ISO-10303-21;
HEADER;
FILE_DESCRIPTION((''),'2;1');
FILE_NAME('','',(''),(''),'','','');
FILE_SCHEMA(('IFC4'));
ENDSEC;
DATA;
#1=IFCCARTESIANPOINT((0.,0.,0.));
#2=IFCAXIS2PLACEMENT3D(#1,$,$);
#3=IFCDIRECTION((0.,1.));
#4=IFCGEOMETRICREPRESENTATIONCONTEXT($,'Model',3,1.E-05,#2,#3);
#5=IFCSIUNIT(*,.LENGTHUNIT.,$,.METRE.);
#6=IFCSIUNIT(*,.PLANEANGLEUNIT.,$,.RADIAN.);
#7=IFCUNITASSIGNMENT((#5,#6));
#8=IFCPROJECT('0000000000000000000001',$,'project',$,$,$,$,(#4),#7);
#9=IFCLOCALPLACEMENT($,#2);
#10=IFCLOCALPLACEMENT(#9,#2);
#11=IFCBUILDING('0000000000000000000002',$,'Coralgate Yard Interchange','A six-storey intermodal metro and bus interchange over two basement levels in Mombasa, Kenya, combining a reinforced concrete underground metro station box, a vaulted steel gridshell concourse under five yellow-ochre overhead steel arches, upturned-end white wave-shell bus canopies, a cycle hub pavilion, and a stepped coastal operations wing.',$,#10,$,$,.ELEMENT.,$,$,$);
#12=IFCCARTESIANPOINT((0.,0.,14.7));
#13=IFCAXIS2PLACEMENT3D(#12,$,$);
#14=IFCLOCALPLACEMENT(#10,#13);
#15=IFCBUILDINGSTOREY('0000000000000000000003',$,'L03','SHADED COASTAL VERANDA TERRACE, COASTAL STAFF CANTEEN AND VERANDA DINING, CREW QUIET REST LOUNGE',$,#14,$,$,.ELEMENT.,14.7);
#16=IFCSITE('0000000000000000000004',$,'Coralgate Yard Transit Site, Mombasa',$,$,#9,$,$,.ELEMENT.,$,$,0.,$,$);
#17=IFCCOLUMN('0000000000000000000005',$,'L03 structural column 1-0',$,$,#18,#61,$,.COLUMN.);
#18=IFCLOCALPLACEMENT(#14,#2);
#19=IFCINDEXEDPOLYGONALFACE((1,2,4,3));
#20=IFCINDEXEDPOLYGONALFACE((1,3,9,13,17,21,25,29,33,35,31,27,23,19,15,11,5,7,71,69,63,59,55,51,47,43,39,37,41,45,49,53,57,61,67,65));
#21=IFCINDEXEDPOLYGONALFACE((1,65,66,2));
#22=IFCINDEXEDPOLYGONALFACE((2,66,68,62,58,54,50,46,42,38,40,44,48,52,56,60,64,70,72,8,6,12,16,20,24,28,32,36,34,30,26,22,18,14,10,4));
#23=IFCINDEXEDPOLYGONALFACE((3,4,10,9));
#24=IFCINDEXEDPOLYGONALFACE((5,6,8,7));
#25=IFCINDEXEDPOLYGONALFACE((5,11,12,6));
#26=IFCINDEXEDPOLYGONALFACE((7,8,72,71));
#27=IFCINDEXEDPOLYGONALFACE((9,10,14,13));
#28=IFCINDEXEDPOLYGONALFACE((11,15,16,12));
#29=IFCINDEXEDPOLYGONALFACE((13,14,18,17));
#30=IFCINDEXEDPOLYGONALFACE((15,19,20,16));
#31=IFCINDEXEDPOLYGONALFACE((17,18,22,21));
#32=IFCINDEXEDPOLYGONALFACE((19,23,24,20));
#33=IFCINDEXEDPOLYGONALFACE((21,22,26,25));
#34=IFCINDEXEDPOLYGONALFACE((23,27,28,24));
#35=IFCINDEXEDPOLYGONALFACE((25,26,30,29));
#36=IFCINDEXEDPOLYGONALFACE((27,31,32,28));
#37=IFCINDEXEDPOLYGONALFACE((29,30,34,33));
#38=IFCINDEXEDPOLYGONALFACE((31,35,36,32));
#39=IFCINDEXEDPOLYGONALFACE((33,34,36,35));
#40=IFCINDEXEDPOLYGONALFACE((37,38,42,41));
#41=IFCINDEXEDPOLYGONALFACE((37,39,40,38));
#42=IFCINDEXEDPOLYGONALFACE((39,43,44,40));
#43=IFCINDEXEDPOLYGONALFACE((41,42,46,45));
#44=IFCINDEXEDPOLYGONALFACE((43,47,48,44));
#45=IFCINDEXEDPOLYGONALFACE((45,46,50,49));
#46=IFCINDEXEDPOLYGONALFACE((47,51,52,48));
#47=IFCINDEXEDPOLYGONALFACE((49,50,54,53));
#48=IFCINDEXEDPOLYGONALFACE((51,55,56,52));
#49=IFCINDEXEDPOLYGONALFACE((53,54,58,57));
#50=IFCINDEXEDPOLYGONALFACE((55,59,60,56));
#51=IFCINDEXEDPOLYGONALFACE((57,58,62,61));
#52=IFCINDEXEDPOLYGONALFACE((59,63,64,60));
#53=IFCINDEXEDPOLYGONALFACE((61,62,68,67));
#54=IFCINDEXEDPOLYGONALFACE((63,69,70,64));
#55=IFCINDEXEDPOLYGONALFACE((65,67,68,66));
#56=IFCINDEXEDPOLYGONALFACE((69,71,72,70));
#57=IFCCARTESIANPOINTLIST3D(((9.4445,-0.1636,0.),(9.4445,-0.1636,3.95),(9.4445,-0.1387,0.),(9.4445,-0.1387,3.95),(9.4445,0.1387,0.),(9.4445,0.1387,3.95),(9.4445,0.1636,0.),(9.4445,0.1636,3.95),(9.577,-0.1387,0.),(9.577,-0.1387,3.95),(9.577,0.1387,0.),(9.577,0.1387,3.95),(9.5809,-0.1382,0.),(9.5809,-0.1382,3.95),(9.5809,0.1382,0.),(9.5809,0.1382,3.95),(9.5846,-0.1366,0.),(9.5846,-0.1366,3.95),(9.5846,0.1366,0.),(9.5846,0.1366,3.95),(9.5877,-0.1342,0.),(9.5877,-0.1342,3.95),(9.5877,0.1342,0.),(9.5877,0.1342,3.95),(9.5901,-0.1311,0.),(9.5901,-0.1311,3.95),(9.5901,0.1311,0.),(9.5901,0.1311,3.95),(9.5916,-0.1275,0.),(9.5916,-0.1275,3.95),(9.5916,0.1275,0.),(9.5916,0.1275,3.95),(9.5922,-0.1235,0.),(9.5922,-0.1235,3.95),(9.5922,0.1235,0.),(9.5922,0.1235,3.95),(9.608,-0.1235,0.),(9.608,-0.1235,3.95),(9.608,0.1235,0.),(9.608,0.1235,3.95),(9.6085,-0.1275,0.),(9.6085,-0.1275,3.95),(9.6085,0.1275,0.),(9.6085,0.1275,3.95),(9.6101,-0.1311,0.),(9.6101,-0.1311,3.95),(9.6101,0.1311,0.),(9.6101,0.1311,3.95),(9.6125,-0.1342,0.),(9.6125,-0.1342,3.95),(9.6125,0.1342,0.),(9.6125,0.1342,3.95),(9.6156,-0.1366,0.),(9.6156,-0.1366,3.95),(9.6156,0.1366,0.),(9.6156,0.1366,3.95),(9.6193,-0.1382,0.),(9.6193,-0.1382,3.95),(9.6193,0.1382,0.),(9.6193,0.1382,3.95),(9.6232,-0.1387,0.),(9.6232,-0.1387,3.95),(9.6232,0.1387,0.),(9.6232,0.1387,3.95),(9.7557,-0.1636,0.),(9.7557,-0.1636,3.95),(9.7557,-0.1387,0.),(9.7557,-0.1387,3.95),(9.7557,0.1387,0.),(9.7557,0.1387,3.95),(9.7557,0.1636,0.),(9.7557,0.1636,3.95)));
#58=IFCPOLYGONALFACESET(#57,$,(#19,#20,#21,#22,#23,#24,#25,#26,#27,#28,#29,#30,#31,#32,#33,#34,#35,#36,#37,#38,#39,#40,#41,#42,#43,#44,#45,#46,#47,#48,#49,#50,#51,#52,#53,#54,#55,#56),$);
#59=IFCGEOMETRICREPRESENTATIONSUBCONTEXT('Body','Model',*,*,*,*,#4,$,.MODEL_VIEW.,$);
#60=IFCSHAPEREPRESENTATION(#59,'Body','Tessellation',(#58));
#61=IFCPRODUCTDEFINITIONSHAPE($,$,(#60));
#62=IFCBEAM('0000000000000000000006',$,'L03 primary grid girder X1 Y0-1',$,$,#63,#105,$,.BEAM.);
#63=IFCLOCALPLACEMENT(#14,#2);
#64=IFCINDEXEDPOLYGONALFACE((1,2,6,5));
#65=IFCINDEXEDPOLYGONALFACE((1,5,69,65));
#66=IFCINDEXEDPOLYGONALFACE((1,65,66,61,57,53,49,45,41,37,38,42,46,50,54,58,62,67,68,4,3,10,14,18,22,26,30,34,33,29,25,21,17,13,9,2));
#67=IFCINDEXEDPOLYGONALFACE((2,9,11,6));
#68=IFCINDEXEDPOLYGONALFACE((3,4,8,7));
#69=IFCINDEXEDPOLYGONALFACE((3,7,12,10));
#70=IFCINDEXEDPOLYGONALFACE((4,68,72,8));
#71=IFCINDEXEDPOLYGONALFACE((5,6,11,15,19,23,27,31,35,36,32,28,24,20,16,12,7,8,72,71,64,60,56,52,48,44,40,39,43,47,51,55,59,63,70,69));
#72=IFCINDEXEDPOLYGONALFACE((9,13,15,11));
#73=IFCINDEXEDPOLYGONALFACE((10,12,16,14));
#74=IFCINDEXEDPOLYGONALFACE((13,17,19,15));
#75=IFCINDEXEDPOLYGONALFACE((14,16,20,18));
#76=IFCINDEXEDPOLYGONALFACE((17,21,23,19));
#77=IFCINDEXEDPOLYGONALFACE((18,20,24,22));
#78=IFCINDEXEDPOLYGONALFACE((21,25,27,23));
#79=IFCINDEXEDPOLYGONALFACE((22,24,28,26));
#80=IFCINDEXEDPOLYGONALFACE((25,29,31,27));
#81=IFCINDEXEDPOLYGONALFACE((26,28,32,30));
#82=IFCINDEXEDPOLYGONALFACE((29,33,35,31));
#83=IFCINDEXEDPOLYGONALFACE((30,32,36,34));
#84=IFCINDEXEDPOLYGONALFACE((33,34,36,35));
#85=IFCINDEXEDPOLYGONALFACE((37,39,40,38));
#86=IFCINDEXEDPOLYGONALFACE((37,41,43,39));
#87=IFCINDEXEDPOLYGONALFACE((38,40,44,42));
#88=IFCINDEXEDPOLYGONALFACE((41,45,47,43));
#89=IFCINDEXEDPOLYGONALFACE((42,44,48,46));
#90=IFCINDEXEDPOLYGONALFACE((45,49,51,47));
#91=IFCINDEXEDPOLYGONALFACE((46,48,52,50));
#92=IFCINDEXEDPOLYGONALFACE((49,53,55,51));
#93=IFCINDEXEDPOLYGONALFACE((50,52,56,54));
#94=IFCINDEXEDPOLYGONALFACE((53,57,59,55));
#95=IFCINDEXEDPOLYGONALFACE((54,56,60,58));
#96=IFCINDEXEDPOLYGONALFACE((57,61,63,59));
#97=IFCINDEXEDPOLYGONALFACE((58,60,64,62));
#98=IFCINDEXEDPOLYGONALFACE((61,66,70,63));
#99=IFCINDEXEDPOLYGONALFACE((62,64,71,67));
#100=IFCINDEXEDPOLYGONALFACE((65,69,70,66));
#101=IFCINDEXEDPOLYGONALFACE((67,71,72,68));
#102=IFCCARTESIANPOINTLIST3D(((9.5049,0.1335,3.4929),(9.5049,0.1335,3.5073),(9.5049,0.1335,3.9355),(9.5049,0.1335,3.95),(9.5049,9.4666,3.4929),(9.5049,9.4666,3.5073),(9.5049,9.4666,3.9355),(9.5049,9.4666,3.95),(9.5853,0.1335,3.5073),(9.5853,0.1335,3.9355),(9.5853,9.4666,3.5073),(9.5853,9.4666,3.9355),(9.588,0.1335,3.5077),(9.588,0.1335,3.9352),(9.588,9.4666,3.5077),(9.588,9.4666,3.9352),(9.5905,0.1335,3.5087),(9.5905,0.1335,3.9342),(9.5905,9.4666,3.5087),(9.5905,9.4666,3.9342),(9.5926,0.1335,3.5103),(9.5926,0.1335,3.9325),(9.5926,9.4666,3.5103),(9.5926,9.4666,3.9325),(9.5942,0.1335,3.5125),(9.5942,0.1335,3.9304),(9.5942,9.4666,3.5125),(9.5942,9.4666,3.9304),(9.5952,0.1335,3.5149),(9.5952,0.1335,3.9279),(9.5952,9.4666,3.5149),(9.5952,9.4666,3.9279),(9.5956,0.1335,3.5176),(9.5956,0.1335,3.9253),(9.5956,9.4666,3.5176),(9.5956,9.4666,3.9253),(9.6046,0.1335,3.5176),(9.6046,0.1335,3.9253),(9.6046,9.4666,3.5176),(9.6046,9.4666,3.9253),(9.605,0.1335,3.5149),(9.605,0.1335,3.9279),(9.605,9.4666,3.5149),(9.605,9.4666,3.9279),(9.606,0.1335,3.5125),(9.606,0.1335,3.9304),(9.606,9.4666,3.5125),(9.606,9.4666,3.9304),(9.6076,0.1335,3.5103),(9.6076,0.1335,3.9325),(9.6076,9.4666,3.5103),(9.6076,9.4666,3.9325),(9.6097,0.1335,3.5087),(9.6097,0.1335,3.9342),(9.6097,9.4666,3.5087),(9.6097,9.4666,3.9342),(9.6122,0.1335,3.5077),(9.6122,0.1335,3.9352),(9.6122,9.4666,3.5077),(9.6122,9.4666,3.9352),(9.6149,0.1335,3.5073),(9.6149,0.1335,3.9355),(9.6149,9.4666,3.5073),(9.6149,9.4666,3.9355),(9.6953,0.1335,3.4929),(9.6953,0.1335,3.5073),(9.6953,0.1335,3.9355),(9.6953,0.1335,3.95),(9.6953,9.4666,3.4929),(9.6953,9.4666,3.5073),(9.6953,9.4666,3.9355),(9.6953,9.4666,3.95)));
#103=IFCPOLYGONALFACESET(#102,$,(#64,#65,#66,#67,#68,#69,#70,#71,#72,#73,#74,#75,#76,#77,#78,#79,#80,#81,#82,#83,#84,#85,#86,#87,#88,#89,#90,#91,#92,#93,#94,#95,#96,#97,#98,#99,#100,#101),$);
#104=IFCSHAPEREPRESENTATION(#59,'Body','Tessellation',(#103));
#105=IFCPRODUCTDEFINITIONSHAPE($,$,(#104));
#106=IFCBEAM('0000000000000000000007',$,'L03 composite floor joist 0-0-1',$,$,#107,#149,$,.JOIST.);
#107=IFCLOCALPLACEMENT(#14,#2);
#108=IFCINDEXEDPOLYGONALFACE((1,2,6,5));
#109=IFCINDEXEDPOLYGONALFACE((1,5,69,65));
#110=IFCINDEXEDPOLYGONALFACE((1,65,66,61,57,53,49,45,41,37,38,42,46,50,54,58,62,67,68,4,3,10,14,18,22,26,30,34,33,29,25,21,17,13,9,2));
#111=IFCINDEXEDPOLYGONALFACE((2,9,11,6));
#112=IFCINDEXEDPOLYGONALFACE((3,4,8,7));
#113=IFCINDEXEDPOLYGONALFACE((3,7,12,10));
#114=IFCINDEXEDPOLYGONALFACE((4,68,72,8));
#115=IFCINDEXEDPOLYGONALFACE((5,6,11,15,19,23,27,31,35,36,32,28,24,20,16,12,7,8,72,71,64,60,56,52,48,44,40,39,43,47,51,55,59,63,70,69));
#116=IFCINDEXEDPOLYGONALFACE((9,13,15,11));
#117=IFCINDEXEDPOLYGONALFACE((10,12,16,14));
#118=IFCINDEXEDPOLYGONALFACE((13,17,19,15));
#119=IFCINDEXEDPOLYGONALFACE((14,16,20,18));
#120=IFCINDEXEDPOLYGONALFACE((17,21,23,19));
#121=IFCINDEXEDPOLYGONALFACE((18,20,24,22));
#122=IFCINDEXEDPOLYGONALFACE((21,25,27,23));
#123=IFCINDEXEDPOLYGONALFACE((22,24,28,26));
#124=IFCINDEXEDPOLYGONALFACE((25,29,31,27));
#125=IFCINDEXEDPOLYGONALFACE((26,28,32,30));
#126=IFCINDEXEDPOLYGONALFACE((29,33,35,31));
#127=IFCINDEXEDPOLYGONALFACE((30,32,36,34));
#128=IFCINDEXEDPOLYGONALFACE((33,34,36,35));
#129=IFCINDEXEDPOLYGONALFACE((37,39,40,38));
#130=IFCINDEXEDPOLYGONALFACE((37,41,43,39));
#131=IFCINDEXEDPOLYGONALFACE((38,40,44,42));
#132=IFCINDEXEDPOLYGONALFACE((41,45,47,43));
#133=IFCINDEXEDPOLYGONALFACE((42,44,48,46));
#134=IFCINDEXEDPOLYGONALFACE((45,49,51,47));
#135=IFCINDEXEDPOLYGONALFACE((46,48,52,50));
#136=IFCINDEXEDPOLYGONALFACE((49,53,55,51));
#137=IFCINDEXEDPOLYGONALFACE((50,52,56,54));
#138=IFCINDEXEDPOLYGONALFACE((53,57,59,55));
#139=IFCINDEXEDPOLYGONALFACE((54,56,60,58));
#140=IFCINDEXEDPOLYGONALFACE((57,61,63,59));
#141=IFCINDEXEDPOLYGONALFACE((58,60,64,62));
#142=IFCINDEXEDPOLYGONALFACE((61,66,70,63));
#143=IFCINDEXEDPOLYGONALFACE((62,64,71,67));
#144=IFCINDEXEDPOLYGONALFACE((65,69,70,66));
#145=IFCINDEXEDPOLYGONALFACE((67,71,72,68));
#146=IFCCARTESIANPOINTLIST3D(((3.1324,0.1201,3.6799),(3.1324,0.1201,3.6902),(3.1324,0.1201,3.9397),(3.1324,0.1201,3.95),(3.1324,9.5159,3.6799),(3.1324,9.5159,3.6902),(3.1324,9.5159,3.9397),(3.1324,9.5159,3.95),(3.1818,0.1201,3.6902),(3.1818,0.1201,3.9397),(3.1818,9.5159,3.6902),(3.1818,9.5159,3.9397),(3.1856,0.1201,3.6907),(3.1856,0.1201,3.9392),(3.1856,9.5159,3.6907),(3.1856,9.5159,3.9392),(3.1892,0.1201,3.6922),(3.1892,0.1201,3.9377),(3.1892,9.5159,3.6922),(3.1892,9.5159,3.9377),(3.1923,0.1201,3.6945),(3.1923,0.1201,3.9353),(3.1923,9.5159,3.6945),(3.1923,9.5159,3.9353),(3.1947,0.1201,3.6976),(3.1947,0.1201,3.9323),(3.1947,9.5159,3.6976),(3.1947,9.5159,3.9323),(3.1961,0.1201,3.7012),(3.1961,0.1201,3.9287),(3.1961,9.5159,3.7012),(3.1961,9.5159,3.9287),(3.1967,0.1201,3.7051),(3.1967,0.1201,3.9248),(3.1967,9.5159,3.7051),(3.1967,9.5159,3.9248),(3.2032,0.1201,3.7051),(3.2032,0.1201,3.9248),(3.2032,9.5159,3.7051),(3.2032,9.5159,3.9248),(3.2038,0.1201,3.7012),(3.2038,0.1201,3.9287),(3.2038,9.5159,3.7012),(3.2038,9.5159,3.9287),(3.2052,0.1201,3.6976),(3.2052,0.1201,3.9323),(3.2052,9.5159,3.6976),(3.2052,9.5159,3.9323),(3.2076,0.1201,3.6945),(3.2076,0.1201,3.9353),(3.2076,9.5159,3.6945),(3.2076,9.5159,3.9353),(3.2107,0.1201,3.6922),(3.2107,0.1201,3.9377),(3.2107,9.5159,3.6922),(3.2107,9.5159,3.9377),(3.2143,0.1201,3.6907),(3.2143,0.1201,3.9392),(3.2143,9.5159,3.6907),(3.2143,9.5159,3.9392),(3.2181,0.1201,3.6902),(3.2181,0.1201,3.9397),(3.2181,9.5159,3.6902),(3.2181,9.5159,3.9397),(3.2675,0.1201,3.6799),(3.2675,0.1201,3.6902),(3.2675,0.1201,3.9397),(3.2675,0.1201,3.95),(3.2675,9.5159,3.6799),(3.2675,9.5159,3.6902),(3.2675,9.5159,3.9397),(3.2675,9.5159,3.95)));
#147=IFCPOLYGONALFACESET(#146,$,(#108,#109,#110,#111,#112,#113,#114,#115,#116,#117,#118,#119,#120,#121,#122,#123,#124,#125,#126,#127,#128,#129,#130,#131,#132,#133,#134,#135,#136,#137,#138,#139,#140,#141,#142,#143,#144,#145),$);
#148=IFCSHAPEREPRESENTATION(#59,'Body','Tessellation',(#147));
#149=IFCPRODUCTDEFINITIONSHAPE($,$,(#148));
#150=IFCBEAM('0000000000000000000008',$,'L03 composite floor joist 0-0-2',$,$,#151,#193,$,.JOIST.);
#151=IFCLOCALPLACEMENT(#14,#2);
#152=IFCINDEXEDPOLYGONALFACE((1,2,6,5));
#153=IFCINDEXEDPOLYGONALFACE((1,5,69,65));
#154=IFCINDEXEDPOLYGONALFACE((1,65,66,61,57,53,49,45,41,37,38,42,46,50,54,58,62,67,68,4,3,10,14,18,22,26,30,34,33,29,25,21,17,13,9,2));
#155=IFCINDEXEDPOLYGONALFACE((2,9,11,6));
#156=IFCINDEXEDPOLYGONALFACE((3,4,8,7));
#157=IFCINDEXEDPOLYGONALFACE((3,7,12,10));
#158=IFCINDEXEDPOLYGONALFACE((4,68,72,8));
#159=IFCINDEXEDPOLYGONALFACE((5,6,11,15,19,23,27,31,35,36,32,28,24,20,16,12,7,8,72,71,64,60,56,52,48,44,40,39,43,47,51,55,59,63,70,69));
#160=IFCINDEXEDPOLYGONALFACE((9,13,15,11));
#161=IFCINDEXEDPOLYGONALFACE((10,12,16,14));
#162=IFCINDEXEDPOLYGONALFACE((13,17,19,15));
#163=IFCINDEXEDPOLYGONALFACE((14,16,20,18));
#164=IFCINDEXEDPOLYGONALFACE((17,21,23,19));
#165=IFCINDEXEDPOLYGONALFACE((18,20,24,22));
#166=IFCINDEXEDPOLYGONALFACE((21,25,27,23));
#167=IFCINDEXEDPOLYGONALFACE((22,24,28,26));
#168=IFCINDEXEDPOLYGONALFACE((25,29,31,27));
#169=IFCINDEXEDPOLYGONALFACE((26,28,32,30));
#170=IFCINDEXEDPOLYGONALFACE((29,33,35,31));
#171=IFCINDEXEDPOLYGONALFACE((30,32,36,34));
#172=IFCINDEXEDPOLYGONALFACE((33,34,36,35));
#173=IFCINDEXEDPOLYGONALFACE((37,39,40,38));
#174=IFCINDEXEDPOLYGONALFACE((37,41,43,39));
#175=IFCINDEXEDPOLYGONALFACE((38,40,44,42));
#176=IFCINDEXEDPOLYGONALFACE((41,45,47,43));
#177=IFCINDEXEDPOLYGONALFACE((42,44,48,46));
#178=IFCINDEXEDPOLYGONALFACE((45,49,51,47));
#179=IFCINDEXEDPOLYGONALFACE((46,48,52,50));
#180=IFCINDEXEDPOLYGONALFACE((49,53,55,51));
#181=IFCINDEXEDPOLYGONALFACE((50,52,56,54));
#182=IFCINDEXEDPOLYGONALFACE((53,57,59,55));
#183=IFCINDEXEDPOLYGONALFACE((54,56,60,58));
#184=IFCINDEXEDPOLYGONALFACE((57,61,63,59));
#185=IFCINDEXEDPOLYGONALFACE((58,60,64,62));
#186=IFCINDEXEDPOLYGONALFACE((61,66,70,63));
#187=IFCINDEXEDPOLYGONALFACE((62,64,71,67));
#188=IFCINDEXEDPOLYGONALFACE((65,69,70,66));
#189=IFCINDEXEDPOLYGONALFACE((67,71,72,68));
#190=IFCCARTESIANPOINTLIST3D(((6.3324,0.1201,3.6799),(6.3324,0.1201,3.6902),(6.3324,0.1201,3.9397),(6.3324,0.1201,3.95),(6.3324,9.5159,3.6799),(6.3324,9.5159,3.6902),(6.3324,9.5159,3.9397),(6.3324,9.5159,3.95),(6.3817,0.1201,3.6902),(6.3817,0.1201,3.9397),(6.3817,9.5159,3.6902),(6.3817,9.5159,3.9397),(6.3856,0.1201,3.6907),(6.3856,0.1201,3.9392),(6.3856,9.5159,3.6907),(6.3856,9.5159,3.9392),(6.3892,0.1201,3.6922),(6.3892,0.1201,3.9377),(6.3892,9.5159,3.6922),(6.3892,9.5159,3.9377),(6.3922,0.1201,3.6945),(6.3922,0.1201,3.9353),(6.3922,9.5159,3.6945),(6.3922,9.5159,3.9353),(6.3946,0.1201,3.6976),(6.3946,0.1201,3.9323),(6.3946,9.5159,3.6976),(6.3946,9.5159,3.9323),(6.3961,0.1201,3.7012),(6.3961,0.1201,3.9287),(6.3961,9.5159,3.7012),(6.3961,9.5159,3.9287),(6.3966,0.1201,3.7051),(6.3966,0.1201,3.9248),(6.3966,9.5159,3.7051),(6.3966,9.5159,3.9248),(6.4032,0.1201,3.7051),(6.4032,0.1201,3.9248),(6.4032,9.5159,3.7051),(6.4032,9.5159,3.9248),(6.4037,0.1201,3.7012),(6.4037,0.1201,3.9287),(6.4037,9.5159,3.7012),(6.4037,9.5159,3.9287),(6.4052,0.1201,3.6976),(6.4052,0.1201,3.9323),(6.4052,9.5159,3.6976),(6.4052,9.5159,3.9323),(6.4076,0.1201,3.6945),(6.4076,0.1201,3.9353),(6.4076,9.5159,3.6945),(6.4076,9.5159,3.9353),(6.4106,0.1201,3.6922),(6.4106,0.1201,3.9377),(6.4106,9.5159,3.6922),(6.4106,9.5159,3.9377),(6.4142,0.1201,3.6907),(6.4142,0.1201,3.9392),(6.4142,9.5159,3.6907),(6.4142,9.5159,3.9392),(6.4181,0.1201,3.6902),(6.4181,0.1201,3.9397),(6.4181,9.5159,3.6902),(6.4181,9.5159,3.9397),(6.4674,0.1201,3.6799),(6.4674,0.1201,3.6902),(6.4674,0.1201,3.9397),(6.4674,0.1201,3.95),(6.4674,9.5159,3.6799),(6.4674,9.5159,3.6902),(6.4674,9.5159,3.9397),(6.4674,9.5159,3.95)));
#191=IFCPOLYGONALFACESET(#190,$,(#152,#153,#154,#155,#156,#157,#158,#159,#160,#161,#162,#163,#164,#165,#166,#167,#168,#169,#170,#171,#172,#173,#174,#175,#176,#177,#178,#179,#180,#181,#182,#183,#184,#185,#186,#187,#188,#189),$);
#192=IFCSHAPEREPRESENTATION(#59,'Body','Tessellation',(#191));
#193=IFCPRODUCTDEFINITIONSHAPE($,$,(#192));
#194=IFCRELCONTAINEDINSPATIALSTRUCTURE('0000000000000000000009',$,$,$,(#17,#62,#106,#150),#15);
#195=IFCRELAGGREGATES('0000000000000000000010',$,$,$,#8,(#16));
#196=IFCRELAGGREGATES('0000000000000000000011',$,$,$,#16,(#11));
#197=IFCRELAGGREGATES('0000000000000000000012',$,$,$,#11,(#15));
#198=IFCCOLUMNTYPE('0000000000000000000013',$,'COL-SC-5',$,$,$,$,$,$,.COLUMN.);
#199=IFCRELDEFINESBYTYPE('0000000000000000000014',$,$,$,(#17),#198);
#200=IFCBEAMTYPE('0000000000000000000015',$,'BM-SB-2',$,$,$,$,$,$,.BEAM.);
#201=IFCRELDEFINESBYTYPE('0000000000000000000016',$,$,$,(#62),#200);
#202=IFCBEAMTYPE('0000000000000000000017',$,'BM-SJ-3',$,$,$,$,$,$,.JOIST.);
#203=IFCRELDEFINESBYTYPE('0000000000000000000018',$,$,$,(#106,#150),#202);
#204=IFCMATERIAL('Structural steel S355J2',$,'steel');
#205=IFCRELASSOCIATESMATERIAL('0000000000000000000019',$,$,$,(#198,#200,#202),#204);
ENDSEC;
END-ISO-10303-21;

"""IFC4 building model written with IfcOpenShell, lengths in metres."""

from ifc_helpers import new_model, si_unit, direction, frame, origin, origin_2d, place, context, subcontext, project, spatial, i_section, extrude, material, material_profile, profile_set, type_object, element, save


model = new_model("IFC4")

# Units and contexts
model_context = context("Model", 3, precision=1e-05, world=origin(), true_north=direction((0.0, 1.0)))
body_context = subcontext(model_context, "Body", "Model", "MODEL_VIEW")
ifc_project = project(units=[si_unit("LENGTHUNIT", "METRE"), si_unit("PLANEANGLEUNIT", "RADIAN")], contexts=[model_context])

# Site, building, storey
site_placement = place(None, origin())
site = spatial("IfcSite", under=ifc_project, at=site_placement, Name="Coralgate Yard Transit Site, Mombasa", CompositionType="ELEMENT", RefElevation=0.0)
building_placement = place(site_placement, origin())
building = spatial("IfcBuilding", under=site, at=building_placement, Name="Coralgate Yard Interchange", Description="A six-storey intermodal metro and bus interchange over two basement levels in Mombasa, Kenya, combining a reinforced concrete underground metro station box, a vaulted steel gridshell concourse under five yellow-ochre overhead steel arches, upturned-end white wave-shell bus canopies, a cycle hub pavilion, and a stepped coastal operations wing.", CompositionType="ELEMENT")
storey_placement = place(building_placement, frame((0.0, 0.0, 14.7)))
storey = spatial("IfcBuildingStorey", under=building, at=storey_placement, Name="L03", Description="SHADED COASTAL VERANDA TERRACE, COASTAL STAFF CANTEEN AND VERANDA DINING, CREW QUIET REST LOUNGE", CompositionType="ELEMENT", Elevation=14.7)

# Column
ifc_material_1 = material(Name="Structural steel S355J2", Category="steel")
ifc_material_profile_1 = material_profile(ifc_material_1, i_section(OverallWidth=0.3113, OverallDepth=0.3271, WebThickness=0.0159, FlangeThickness=0.0249, FilletRadius=0.0151, at=origin_2d()), Name="UC 305x305x158")
ifc_profile_set_1 = profile_set([ifc_material_profile_1], Name="Structural steel S355J2")
column_type = type_object("IfcColumnType", Name="COL-SC-5", PredefinedType="COLUMN", material=ifc_profile_set_1)
column_placement = place(storey_placement, frame((9.6001, 0.0, 0.0), z_axis=(0.0, 0.0, 1.0), x_axis=(1.0, 0.0, 0.0)))
element("IfcColumn", 1, at=column_placement, inside=storey, type_object=column_type, Name="L03 structural column 1-0", PredefinedType="COLUMN", context=body_context, shape_type="SweptSolid", body=[
    extrude(i_section(OverallWidth=0.3113, OverallDepth=0.3271, WebThickness=0.0159, FlangeThickness=0.0249, FilletRadius=0.0151, at=origin_2d()), origin(), (0.0, 0.0, 1.0), 3.95),
])

# Beams
ifc_material_profile_2 = material_profile(ifc_material_1, i_section(OverallWidth=0.1904, OverallDepth=0.457, WebThickness=0.009, FlangeThickness=0.0144, FilletRadius=0.0103, at=origin_2d()), Name="UB 457x191x74")
ifc_profile_set_2 = profile_set([ifc_material_profile_2], Name="Structural steel S355J2")
beam_type_1 = type_object("IfcBeamType", Name="BM-SB-2", PredefinedType="BEAM", material=ifc_profile_set_2)
beam_placement = place(storey_placement, frame((9.6001, 0.1335, 3.7214), z_axis=(0.0, 1.0, 0.0), x_axis=(-1.0, 0.0, 0.0)))
element("IfcBeam", 2, at=beam_placement, inside=storey, type_object=beam_type_1, Name="L03 primary grid girder X1 Y0-1", PredefinedType="BEAM", context=body_context, shape_type="SweptSolid", body=[
    extrude(i_section(OverallWidth=0.1904, OverallDepth=0.457, WebThickness=0.009, FlangeThickness=0.0144, FilletRadius=0.0103, at=origin_2d()), origin(), (0.0, 0.0, 1.0), 9.333),
])
ifc_material_profile_3 = material_profile(ifc_material_1, i_section(OverallWidth=0.135, OverallDepth=0.27, WebThickness=0.0066, FlangeThickness=0.0103, FilletRadius=0.0149, at=origin_2d()), Name="IPE 270")
ifc_profile_set_3 = profile_set([ifc_material_profile_3], Name="Structural steel S355J2")
beam_type_2 = type_object("IfcBeamType", Name="BM-SJ-3", PredefinedType="JOIST", material=ifc_profile_set_3)
for number, where, z_axis, x_axis, name in (
    (3, (3.2, 0.1201, 3.8149), (0.0, 1.0, 0.0), (-1.0, 0.0, 0.0), "L03 composite floor joist 0-0-1"),
    (4, (6.3999, 0.1201, 3.8149), (0.0, 1.0, 0.0), (-1.0, 0.0, 0.0), "L03 composite floor joist 0-0-2"),
):
    element("IfcBeam", number, at=place(storey_placement, frame(where, z_axis=z_axis, x_axis=x_axis)), inside=storey, type_object=beam_type_2, Name=name, PredefinedType="JOIST", context=body_context, shape_type="SweptSolid", body=[
        extrude(i_section(OverallWidth=0.135, OverallDepth=0.27, WebThickness=0.0066, FlangeThickness=0.0103, FilletRadius=0.0149, at=origin_2d()), origin(), (0.0, 0.0, 1.0), 9.3958),
    ])

save(model, "model.ifc")
